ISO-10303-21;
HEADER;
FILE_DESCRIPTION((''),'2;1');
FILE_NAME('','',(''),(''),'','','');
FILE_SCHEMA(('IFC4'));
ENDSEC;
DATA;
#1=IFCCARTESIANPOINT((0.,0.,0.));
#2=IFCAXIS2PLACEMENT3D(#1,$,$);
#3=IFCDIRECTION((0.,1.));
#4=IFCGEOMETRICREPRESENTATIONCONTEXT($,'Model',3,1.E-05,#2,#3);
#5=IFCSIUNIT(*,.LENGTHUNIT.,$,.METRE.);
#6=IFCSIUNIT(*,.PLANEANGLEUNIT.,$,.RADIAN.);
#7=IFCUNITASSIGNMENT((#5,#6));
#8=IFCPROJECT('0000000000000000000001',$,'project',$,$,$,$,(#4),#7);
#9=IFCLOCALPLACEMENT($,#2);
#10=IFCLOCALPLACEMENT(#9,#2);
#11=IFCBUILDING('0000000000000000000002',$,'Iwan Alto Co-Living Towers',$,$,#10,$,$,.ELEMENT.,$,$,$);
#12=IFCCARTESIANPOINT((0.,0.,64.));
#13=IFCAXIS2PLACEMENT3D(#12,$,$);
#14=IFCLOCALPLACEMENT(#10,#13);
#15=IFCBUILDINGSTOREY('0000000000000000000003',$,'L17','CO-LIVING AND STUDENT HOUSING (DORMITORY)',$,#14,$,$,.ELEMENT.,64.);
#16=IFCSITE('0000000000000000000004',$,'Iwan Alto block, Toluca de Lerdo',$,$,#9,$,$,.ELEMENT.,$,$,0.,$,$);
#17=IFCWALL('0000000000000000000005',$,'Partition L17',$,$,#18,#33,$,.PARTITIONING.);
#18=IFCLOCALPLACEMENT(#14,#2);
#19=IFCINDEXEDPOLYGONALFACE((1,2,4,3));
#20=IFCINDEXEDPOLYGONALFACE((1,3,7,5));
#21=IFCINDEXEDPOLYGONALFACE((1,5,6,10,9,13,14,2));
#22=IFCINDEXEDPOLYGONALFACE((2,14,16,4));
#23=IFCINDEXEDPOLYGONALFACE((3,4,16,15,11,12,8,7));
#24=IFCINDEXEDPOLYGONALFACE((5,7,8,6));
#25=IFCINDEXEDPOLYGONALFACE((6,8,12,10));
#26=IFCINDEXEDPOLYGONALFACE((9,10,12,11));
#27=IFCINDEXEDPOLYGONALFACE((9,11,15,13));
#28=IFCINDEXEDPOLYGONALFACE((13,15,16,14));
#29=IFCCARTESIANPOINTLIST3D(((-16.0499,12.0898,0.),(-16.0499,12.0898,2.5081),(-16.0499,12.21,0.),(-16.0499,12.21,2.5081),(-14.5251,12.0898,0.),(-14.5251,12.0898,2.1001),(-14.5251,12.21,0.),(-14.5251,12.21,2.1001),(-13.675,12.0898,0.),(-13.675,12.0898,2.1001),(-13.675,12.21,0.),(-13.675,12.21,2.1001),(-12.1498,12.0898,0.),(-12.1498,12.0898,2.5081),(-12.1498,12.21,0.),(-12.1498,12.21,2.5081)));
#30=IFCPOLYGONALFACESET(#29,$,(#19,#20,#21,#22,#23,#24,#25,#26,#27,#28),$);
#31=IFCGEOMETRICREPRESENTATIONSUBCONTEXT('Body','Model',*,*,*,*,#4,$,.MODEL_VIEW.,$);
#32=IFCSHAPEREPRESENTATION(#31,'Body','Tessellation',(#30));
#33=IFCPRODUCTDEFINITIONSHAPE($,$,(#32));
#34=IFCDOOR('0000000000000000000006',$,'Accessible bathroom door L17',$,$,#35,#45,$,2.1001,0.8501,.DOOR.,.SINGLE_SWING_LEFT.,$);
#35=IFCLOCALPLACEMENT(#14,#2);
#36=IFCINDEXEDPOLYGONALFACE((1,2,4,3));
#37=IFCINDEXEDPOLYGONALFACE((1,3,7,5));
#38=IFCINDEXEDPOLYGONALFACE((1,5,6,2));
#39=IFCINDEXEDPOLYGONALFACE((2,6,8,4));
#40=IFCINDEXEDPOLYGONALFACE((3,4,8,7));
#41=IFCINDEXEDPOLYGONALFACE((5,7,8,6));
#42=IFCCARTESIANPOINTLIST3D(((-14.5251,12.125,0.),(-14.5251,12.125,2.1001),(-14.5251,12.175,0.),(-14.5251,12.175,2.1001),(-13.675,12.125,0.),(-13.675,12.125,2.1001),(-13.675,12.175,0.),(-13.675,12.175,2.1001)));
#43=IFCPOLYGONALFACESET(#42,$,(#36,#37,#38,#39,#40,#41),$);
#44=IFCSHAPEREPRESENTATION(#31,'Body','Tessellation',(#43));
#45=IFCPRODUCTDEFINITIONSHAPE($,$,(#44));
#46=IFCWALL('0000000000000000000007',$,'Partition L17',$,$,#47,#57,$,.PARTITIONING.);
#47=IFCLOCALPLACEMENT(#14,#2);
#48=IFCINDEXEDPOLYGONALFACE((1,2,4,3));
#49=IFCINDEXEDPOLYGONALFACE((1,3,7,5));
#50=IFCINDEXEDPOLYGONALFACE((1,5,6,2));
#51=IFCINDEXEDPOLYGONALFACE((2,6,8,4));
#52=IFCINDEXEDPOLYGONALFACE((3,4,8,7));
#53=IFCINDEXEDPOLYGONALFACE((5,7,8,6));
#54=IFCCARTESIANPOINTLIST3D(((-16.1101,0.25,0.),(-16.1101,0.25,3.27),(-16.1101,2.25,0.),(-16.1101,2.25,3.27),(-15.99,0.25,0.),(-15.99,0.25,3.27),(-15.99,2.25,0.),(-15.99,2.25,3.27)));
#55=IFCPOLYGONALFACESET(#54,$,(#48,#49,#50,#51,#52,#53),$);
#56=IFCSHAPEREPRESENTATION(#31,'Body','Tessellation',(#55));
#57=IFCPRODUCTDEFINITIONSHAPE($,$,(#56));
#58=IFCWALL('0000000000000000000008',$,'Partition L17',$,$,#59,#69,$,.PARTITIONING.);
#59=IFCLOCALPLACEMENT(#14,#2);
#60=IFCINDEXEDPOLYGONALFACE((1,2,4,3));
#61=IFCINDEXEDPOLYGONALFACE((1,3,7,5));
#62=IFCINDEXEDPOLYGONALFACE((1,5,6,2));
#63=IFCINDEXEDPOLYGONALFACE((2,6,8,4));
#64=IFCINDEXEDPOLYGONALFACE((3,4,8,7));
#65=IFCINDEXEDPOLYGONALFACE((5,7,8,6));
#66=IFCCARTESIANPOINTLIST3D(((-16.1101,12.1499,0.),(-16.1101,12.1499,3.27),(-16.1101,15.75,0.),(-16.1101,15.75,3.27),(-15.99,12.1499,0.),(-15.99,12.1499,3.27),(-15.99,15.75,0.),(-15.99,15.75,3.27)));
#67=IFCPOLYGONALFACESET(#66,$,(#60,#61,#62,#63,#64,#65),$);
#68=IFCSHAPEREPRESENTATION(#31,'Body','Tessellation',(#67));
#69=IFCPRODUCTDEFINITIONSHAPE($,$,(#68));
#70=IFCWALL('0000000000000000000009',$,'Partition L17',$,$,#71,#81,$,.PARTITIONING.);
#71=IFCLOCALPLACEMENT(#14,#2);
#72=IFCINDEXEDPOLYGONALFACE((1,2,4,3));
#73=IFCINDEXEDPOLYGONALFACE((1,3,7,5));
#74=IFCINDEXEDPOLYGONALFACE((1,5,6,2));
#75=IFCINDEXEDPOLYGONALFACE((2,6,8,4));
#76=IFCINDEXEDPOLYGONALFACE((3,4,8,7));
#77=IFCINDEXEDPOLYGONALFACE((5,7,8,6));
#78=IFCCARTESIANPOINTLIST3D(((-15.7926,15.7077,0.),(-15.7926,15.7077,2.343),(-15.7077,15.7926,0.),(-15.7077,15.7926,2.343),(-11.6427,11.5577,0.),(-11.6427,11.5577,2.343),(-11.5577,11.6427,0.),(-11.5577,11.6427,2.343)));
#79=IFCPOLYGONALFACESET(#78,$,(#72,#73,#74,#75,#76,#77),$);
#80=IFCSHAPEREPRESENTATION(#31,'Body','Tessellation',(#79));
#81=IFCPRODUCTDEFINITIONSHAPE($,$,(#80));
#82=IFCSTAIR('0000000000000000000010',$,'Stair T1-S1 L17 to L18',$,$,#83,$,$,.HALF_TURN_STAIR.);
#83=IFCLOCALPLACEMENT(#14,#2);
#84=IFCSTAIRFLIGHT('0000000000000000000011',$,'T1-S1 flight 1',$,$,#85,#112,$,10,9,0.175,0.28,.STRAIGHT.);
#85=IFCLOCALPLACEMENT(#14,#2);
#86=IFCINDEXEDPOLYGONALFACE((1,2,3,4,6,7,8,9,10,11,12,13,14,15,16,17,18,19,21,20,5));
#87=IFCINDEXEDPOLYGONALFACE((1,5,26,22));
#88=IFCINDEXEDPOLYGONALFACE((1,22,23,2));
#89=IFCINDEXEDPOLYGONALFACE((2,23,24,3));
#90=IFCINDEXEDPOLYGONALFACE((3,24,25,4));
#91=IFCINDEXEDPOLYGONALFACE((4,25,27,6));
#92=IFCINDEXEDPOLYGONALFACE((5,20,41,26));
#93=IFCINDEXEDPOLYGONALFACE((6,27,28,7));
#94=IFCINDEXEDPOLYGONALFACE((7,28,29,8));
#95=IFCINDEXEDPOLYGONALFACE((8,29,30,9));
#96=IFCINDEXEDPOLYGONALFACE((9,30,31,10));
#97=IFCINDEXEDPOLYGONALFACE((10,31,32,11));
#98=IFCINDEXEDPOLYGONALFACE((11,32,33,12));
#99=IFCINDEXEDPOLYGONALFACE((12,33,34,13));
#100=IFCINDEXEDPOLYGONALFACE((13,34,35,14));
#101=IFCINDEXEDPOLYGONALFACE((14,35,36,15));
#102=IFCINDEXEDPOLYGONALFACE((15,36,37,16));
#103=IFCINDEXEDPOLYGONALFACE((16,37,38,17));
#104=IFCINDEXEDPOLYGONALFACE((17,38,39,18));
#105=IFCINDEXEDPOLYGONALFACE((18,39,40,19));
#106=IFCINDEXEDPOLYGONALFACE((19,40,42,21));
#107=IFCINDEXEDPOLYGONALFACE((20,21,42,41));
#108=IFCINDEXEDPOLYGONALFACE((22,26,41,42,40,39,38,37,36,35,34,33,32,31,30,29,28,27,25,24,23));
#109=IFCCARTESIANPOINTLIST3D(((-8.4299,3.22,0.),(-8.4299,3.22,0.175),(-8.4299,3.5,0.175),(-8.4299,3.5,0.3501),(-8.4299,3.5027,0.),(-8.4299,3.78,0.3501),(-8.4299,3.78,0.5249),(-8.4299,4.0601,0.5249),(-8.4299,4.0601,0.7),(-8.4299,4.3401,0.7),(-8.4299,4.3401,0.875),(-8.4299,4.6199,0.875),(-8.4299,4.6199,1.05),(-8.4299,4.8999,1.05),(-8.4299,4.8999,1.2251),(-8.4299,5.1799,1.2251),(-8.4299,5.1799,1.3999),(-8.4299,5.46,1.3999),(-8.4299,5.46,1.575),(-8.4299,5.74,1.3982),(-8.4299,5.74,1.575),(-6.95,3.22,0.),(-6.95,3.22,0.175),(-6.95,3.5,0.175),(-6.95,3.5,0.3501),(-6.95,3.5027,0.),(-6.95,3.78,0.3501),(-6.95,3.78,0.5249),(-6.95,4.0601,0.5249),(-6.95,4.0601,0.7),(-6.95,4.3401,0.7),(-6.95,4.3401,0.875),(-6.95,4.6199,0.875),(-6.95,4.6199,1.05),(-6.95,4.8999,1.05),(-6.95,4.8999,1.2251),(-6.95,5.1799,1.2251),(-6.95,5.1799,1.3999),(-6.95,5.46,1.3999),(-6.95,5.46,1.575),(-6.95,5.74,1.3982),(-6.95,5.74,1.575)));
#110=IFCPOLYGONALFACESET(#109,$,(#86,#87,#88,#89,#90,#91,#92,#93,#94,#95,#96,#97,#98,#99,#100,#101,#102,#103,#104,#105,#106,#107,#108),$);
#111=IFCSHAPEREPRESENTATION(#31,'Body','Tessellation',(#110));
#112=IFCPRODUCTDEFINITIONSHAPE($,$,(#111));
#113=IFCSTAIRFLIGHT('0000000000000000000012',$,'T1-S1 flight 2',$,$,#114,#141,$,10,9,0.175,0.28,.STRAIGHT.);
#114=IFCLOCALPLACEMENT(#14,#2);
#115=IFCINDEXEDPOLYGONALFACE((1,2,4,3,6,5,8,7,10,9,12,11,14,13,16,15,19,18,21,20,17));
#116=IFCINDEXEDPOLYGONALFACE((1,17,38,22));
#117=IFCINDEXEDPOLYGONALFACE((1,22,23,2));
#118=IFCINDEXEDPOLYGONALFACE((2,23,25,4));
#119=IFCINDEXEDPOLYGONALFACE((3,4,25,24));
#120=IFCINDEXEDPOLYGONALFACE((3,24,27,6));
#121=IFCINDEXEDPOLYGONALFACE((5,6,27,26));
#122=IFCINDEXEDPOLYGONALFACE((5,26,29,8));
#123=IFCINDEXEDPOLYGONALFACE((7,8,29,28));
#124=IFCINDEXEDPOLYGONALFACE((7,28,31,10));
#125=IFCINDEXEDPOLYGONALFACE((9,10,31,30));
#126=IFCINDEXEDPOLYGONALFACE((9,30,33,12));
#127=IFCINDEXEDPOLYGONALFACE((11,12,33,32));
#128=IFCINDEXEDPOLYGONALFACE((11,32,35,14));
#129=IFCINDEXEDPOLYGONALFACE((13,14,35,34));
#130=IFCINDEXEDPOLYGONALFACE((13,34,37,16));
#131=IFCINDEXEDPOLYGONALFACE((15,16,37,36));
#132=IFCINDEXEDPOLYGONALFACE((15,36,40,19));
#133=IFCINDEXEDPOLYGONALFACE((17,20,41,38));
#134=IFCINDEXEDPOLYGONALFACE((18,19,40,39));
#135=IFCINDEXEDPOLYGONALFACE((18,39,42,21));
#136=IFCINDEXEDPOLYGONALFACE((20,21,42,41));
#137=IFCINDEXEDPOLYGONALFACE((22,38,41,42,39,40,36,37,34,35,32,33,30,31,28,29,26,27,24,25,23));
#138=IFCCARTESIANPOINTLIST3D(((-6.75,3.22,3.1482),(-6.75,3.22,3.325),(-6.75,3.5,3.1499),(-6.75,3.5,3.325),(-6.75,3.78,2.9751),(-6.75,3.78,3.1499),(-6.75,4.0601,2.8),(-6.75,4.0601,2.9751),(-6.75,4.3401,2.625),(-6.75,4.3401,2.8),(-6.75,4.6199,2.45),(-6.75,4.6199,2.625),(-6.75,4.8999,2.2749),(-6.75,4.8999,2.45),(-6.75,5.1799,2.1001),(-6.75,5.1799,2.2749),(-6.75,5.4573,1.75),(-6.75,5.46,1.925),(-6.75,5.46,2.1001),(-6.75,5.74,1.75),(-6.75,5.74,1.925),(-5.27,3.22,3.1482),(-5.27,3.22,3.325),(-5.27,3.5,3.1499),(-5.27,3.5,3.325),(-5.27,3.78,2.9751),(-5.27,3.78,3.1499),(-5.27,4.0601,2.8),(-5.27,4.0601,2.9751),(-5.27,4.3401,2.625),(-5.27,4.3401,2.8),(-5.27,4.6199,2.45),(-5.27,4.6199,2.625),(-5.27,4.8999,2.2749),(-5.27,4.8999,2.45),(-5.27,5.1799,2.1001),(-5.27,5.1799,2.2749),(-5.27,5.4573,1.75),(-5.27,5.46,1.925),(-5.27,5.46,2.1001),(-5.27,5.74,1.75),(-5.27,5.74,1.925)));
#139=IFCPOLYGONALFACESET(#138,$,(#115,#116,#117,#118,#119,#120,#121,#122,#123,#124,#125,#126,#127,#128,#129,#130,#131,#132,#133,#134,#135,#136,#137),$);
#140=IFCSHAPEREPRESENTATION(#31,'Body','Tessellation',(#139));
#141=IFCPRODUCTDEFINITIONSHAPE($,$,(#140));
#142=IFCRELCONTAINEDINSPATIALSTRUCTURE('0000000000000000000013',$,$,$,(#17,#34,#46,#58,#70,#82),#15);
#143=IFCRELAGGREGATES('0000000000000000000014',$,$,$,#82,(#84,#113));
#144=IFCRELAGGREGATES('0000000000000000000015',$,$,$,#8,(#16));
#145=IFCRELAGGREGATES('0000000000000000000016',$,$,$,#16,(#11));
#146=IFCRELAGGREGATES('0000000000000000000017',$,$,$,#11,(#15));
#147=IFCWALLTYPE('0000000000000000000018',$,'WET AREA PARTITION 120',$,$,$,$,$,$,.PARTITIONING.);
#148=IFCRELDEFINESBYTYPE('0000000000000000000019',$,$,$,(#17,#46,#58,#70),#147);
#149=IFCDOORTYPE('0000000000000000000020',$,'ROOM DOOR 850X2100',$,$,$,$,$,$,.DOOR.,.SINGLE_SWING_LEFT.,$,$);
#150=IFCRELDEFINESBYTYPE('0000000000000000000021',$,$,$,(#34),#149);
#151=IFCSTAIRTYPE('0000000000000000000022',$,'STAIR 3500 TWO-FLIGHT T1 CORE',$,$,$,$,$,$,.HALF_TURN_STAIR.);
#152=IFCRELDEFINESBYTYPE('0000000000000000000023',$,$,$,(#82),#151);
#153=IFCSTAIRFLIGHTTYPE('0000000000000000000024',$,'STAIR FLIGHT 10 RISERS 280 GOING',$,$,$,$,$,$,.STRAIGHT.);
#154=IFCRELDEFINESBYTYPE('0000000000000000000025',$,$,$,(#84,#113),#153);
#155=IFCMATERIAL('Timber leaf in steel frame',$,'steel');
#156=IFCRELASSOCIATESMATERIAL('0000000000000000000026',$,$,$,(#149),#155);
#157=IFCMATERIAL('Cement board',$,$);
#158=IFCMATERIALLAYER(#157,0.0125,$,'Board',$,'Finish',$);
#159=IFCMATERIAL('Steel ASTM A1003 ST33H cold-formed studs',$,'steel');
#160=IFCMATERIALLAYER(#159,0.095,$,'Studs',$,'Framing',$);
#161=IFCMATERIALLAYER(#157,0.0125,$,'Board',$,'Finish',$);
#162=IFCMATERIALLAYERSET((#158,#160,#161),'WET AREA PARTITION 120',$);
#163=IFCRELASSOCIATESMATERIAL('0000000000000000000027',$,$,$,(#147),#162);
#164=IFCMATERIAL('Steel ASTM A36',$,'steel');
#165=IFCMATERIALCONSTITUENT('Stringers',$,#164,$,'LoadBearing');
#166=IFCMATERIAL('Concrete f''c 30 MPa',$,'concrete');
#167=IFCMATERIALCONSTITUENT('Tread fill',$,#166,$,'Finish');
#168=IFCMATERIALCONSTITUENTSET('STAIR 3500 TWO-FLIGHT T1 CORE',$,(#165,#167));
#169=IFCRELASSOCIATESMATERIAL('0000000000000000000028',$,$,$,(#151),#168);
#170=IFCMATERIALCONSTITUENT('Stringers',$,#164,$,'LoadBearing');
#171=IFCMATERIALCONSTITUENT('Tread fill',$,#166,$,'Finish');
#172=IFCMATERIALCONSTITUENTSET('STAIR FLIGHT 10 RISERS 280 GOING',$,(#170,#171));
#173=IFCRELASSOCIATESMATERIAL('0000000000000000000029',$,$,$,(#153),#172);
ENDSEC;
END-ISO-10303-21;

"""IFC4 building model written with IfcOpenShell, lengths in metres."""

from ifc_helpers import new_model, si_unit, direction, frame, frame_2d, origin, place, context, subcontext, project, spatial, polyline, rectangle, outline, extrude, material, layer, layer_set, constituent, constituent_set, type_object, element, fill, aggregate, save


model = new_model("IFC4")

# Units and contexts
model_context = context("Model", 3, precision=1e-05, world=origin(), true_north=direction((0.0, 1.0)))
body_context = subcontext(model_context, "Body", "Model", "MODEL_VIEW")
ifc_project = project(units=[si_unit("LENGTHUNIT", "METRE"), si_unit("PLANEANGLEUNIT", "RADIAN")], contexts=[model_context])

# Site, building, storey
site_placement = place(None, origin())
site = spatial("IfcSite", under=ifc_project, at=site_placement, Name="Iwan Alto block, Toluca de Lerdo", CompositionType="ELEMENT", RefElevation=0.0)
building_placement = place(site_placement, origin())
building = spatial("IfcBuilding", under=site, at=building_placement, Name="Iwan Alto Co-Living Towers", CompositionType="ELEMENT")
storey_placement = place(building_placement, frame((0.0, 0.0, 64.0)))
storey = spatial("IfcBuildingStorey", under=building, at=storey_placement, Name="L17", Description="CO-LIVING AND STUDENT HOUSING (DORMITORY)", CompositionType="ELEMENT", Elevation=64.0)

# Shared definitions
ifc_material_1 = material(Name="Steel ASTM A1003 ST33H cold-formed studs", Category="steel")

# Shared definitions
ifc_material_2 = material(Name="Timber leaf in steel frame", Category="steel")
door_type_1 = type_object("IfcDoorType", Name="ROOM DOOR 850X2100", OperationType="SINGLE_SWING_LEFT", PredefinedType="DOOR", material=ifc_material_2)

# Wall, opening, door
ifc_material_3 = material(Name="Cement board")
ifc_layer_1 = layer(ifc_material_3, 0.0125, Name="Board", Category="Finish")
ifc_layer_2 = layer(ifc_material_1, 0.095, Name="Studs", Category="Framing")
ifc_layer_3 = layer(ifc_material_3, 0.0125, Name="Board", Category="Finish")
ifc_layer_set_1 = layer_set([ifc_layer_1, ifc_layer_2, ifc_layer_3], Name="WET AREA PARTITION 120")
wall_type_1 = type_object("IfcWallType", Name="WET AREA PARTITION 120", PredefinedType="PARTITIONING", material=ifc_layer_set_1)
wall_1_placement = place(storey_placement, frame((-16.05, 12.1499, 0.0), z_axis=(0.0, 0.0, 1.0), x_axis=(1.0, 0.0, 0.0)))
wall_1 = element("IfcWall", 1, at=wall_1_placement, inside=storey, type_object=wall_type_1, Name="Partition L17", PredefinedType="PARTITIONING", context=body_context, shape_type="SweptSolid", body=[
    extrude(rectangle(XDim=3.9001, YDim=0.1201, at=frame_2d((1.9502, 0.0))), origin(), (0.0, 0.0, 1.0), 2.5081),
])
opening_1_placement = place(wall_1_placement, frame((1.5249, 0.0, 0.0)))
opening_1 = element("IfcOpeningElement", 2, at=opening_1_placement, cuts=wall_1, PredefinedType="OPENING", context=body_context, shape_type="SweptSolid", body=[
    extrude(rectangle(XDim=0.8501, YDim=2.1001, at=frame_2d((0.425, 1.05))), frame((0.0, 0.0701, 0.0), z_axis=(0.0, -1.0, 0.0), x_axis=(1.0, 0.0, 0.0)), (0.0, 0.0, 1.0), 0.1401),
])
door_1_placement = place(opening_1_placement, frame((0.8501, 0.0, 0.0), z_axis=(0.0, 0.0, 1.0), x_axis=(-1.0, 0.0, 0.0)))
door_1 = element("IfcDoor", 3, at=door_1_placement, inside=storey, type_object=door_type_1, Name="Accessible bathroom door L17", OperationType="SINGLE_SWING_LEFT", OverallHeight=2.1001, OverallWidth=0.8501, PredefinedType="DOOR", context=body_context, shape_type="SweptSolid", body=[
    extrude(rectangle(XDim=0.8501, YDim=2.1001, at=frame_2d((0.425, 1.05))), frame((0.0, 0.0249, 0.0), z_axis=(0.0, -1.0, 0.0), x_axis=(1.0, 0.0, 0.0)), (0.0, 0.0, 1.0), 0.05),
])
fill(opening_1, door_1)

# Walls
wall_2_placement = place(storey_placement, frame((-16.05, 0.25, 0.0), z_axis=(0.0, 0.0, 1.0), x_axis=(0.0, 1.0, 0.0)))
element("IfcWall", 4, at=wall_2_placement, inside=storey, type_object=wall_type_1, Name="Partition L17", PredefinedType="PARTITIONING", context=body_context, shape_type="SweptSolid", body=[
    extrude(rectangle(XDim=2.0, YDim=0.1201, at=frame_2d((1.0, 0.0))), origin(), (0.0, 0.0, 1.0), 3.27),
])
wall_3_placement = place(storey_placement, frame((-16.05, 12.1499, 0.0), z_axis=(0.0, 0.0, 1.0), x_axis=(0.0, 1.0, 0.0)))
element("IfcWall", 5, at=wall_3_placement, inside=storey, type_object=wall_type_1, Name="Partition L17", PredefinedType="PARTITIONING", context=body_context, shape_type="SweptSolid", body=[
    extrude(rectangle(XDim=3.6001, YDim=0.1201, at=frame_2d((1.8, 0.0))), origin(), (0.0, 0.0, 1.0), 3.27),
])
wall_4_placement = place(storey_placement, frame((-11.6001, 11.6001, 0.0), z_axis=(0.0, 0.0, 1.0), x_axis=(-0.707107, 0.707107, 0.0)))
element("IfcWall", 6, at=wall_4_placement, inside=storey, type_object=wall_type_1, Name="Partition L17", PredefinedType="PARTITIONING", context=body_context, shape_type="SweptSolid", body=[
    extrude(rectangle(XDim=5.8689, YDim=0.1201, at=frame_2d((2.9346, 0.0))), origin(), (0.0, 0.0, 1.0), 2.343),
])

# Stair, stair flights
ifc_material_4 = material(Name="Steel ASTM A36", Category="steel")
ifc_constituent_1 = constituent(ifc_material_4, Name="Stringers", Category="LoadBearing")
ifc_material_5 = material(Name="Concrete f'c 30 MPa", Category="concrete")
ifc_constituent_2 = constituent(ifc_material_5, Name="Tread fill", Category="Finish")
ifc_constituent_set_1 = constituent_set(constituents=[ifc_constituent_1, ifc_constituent_2], Name="STAIR 3500 TWO-FLIGHT T1 CORE")
stair_type = type_object("IfcStairType", Name="STAIR 3500 TWO-FLIGHT T1 CORE", PredefinedType="HALF_TURN_STAIR", material=ifc_constituent_set_1)
stair_placement = place(storey_placement, origin())
stair = element("IfcStair", 7, at=stair_placement, inside=storey, type_object=stair_type, Name="Stair T1-S1 L17 to L18", PredefinedType="HALF_TURN_STAIR")
ifc_constituent_3 = constituent(ifc_material_4, Name="Stringers", Category="LoadBearing")
ifc_constituent_4 = constituent(ifc_material_5, Name="Tread fill", Category="Finish")
ifc_constituent_set_2 = constituent_set(constituents=[ifc_constituent_3, ifc_constituent_4], Name="STAIR FLIGHT 10 RISERS 280 GOING")
stair_flight_type = type_object("IfcStairFlightType", Name="STAIR FLIGHT 10 RISERS 280 GOING", PredefinedType="STRAIGHT", material=ifc_constituent_set_2)
stair_flight_1_placement = place(storey_placement, frame((-7.6899, 3.22, 0.0), z_axis=(0.0, 0.0, 1.0), x_axis=(0.0, 1.0, 0.0)))
stair_flight_1 = element("IfcStairFlight", 8, at=stair_flight_1_placement, type_object=stair_flight_type, Name="T1-S1 flight 1", NumberOfRisers=10, NumberOfTreads=9, PredefinedType="STRAIGHT", RiserHeight=0.175, TreadLength=0.28, context=body_context, shape_type="SweptSolid", body=[
    extrude(outline(polyline([(0.0, 0.0), (0.0, 0.175), (0.28, 0.175), (0.28, 0.3501), (0.5601, 0.3501), (0.5601, 0.5249), (0.8401, 0.5249), (0.8401, 0.7), (1.1201, 0.7), (1.1201, 0.875), (1.3999, 0.875), (1.3999, 1.05), (1.6799, 1.05), (1.6799, 1.2251), (1.96, 1.2251), (1.96, 1.3999), (2.24, 1.3999), (2.24, 1.575), (2.52, 1.575), (2.52, 1.75), (2.52, 1.3982), (0.2827, 0.0), (0.0, 0.0)])), frame((0.0, 0.74, 0.0), z_axis=(0.0, -1.0, 0.0), x_axis=(1.0, 0.0, 0.0)), (0.0, 0.0, 1.0), 1.48),
])
stair_flight_2_placement = place(storey_placement, frame((-6.01, 5.74, 1.75), z_axis=(0.0, 0.0, 1.0), x_axis=(0.0, -1.0, 0.0)))
stair_flight_2 = element("IfcStairFlight", 9, at=stair_flight_2_placement, type_object=stair_flight_type, Name="T1-S1 flight 2", NumberOfRisers=10, NumberOfTreads=9, PredefinedType="STRAIGHT", RiserHeight=0.175, TreadLength=0.28, context=body_context, shape_type="SweptSolid", body=[
    extrude(outline(polyline([(0.0, 0.0), (0.0, 0.175), (0.28, 0.175), (0.28, 0.3501), (0.5601, 0.3501), (0.5601, 0.5249), (0.8401, 0.5249), (0.8401, 0.7), (1.1201, 0.7), (1.1201, 0.875), (1.3999, 0.875), (1.3999, 1.05), (1.6799, 1.05), (1.6799, 1.2251), (1.96, 1.2251), (1.96, 1.3999), (2.24, 1.3999), (2.24, 1.575), (2.52, 1.575), (2.52, 1.75), (2.52, 1.3982), (0.2827, 0.0), (0.0, 0.0)])), frame((0.0, 0.74, 0.0), z_axis=(0.0, -1.0, 0.0), x_axis=(1.0, 0.0, 0.0)), (0.0, 0.0, 1.0), 1.48),
])
aggregate(stair, [stair_flight_1, stair_flight_2])

save(model, "model.ifc")
